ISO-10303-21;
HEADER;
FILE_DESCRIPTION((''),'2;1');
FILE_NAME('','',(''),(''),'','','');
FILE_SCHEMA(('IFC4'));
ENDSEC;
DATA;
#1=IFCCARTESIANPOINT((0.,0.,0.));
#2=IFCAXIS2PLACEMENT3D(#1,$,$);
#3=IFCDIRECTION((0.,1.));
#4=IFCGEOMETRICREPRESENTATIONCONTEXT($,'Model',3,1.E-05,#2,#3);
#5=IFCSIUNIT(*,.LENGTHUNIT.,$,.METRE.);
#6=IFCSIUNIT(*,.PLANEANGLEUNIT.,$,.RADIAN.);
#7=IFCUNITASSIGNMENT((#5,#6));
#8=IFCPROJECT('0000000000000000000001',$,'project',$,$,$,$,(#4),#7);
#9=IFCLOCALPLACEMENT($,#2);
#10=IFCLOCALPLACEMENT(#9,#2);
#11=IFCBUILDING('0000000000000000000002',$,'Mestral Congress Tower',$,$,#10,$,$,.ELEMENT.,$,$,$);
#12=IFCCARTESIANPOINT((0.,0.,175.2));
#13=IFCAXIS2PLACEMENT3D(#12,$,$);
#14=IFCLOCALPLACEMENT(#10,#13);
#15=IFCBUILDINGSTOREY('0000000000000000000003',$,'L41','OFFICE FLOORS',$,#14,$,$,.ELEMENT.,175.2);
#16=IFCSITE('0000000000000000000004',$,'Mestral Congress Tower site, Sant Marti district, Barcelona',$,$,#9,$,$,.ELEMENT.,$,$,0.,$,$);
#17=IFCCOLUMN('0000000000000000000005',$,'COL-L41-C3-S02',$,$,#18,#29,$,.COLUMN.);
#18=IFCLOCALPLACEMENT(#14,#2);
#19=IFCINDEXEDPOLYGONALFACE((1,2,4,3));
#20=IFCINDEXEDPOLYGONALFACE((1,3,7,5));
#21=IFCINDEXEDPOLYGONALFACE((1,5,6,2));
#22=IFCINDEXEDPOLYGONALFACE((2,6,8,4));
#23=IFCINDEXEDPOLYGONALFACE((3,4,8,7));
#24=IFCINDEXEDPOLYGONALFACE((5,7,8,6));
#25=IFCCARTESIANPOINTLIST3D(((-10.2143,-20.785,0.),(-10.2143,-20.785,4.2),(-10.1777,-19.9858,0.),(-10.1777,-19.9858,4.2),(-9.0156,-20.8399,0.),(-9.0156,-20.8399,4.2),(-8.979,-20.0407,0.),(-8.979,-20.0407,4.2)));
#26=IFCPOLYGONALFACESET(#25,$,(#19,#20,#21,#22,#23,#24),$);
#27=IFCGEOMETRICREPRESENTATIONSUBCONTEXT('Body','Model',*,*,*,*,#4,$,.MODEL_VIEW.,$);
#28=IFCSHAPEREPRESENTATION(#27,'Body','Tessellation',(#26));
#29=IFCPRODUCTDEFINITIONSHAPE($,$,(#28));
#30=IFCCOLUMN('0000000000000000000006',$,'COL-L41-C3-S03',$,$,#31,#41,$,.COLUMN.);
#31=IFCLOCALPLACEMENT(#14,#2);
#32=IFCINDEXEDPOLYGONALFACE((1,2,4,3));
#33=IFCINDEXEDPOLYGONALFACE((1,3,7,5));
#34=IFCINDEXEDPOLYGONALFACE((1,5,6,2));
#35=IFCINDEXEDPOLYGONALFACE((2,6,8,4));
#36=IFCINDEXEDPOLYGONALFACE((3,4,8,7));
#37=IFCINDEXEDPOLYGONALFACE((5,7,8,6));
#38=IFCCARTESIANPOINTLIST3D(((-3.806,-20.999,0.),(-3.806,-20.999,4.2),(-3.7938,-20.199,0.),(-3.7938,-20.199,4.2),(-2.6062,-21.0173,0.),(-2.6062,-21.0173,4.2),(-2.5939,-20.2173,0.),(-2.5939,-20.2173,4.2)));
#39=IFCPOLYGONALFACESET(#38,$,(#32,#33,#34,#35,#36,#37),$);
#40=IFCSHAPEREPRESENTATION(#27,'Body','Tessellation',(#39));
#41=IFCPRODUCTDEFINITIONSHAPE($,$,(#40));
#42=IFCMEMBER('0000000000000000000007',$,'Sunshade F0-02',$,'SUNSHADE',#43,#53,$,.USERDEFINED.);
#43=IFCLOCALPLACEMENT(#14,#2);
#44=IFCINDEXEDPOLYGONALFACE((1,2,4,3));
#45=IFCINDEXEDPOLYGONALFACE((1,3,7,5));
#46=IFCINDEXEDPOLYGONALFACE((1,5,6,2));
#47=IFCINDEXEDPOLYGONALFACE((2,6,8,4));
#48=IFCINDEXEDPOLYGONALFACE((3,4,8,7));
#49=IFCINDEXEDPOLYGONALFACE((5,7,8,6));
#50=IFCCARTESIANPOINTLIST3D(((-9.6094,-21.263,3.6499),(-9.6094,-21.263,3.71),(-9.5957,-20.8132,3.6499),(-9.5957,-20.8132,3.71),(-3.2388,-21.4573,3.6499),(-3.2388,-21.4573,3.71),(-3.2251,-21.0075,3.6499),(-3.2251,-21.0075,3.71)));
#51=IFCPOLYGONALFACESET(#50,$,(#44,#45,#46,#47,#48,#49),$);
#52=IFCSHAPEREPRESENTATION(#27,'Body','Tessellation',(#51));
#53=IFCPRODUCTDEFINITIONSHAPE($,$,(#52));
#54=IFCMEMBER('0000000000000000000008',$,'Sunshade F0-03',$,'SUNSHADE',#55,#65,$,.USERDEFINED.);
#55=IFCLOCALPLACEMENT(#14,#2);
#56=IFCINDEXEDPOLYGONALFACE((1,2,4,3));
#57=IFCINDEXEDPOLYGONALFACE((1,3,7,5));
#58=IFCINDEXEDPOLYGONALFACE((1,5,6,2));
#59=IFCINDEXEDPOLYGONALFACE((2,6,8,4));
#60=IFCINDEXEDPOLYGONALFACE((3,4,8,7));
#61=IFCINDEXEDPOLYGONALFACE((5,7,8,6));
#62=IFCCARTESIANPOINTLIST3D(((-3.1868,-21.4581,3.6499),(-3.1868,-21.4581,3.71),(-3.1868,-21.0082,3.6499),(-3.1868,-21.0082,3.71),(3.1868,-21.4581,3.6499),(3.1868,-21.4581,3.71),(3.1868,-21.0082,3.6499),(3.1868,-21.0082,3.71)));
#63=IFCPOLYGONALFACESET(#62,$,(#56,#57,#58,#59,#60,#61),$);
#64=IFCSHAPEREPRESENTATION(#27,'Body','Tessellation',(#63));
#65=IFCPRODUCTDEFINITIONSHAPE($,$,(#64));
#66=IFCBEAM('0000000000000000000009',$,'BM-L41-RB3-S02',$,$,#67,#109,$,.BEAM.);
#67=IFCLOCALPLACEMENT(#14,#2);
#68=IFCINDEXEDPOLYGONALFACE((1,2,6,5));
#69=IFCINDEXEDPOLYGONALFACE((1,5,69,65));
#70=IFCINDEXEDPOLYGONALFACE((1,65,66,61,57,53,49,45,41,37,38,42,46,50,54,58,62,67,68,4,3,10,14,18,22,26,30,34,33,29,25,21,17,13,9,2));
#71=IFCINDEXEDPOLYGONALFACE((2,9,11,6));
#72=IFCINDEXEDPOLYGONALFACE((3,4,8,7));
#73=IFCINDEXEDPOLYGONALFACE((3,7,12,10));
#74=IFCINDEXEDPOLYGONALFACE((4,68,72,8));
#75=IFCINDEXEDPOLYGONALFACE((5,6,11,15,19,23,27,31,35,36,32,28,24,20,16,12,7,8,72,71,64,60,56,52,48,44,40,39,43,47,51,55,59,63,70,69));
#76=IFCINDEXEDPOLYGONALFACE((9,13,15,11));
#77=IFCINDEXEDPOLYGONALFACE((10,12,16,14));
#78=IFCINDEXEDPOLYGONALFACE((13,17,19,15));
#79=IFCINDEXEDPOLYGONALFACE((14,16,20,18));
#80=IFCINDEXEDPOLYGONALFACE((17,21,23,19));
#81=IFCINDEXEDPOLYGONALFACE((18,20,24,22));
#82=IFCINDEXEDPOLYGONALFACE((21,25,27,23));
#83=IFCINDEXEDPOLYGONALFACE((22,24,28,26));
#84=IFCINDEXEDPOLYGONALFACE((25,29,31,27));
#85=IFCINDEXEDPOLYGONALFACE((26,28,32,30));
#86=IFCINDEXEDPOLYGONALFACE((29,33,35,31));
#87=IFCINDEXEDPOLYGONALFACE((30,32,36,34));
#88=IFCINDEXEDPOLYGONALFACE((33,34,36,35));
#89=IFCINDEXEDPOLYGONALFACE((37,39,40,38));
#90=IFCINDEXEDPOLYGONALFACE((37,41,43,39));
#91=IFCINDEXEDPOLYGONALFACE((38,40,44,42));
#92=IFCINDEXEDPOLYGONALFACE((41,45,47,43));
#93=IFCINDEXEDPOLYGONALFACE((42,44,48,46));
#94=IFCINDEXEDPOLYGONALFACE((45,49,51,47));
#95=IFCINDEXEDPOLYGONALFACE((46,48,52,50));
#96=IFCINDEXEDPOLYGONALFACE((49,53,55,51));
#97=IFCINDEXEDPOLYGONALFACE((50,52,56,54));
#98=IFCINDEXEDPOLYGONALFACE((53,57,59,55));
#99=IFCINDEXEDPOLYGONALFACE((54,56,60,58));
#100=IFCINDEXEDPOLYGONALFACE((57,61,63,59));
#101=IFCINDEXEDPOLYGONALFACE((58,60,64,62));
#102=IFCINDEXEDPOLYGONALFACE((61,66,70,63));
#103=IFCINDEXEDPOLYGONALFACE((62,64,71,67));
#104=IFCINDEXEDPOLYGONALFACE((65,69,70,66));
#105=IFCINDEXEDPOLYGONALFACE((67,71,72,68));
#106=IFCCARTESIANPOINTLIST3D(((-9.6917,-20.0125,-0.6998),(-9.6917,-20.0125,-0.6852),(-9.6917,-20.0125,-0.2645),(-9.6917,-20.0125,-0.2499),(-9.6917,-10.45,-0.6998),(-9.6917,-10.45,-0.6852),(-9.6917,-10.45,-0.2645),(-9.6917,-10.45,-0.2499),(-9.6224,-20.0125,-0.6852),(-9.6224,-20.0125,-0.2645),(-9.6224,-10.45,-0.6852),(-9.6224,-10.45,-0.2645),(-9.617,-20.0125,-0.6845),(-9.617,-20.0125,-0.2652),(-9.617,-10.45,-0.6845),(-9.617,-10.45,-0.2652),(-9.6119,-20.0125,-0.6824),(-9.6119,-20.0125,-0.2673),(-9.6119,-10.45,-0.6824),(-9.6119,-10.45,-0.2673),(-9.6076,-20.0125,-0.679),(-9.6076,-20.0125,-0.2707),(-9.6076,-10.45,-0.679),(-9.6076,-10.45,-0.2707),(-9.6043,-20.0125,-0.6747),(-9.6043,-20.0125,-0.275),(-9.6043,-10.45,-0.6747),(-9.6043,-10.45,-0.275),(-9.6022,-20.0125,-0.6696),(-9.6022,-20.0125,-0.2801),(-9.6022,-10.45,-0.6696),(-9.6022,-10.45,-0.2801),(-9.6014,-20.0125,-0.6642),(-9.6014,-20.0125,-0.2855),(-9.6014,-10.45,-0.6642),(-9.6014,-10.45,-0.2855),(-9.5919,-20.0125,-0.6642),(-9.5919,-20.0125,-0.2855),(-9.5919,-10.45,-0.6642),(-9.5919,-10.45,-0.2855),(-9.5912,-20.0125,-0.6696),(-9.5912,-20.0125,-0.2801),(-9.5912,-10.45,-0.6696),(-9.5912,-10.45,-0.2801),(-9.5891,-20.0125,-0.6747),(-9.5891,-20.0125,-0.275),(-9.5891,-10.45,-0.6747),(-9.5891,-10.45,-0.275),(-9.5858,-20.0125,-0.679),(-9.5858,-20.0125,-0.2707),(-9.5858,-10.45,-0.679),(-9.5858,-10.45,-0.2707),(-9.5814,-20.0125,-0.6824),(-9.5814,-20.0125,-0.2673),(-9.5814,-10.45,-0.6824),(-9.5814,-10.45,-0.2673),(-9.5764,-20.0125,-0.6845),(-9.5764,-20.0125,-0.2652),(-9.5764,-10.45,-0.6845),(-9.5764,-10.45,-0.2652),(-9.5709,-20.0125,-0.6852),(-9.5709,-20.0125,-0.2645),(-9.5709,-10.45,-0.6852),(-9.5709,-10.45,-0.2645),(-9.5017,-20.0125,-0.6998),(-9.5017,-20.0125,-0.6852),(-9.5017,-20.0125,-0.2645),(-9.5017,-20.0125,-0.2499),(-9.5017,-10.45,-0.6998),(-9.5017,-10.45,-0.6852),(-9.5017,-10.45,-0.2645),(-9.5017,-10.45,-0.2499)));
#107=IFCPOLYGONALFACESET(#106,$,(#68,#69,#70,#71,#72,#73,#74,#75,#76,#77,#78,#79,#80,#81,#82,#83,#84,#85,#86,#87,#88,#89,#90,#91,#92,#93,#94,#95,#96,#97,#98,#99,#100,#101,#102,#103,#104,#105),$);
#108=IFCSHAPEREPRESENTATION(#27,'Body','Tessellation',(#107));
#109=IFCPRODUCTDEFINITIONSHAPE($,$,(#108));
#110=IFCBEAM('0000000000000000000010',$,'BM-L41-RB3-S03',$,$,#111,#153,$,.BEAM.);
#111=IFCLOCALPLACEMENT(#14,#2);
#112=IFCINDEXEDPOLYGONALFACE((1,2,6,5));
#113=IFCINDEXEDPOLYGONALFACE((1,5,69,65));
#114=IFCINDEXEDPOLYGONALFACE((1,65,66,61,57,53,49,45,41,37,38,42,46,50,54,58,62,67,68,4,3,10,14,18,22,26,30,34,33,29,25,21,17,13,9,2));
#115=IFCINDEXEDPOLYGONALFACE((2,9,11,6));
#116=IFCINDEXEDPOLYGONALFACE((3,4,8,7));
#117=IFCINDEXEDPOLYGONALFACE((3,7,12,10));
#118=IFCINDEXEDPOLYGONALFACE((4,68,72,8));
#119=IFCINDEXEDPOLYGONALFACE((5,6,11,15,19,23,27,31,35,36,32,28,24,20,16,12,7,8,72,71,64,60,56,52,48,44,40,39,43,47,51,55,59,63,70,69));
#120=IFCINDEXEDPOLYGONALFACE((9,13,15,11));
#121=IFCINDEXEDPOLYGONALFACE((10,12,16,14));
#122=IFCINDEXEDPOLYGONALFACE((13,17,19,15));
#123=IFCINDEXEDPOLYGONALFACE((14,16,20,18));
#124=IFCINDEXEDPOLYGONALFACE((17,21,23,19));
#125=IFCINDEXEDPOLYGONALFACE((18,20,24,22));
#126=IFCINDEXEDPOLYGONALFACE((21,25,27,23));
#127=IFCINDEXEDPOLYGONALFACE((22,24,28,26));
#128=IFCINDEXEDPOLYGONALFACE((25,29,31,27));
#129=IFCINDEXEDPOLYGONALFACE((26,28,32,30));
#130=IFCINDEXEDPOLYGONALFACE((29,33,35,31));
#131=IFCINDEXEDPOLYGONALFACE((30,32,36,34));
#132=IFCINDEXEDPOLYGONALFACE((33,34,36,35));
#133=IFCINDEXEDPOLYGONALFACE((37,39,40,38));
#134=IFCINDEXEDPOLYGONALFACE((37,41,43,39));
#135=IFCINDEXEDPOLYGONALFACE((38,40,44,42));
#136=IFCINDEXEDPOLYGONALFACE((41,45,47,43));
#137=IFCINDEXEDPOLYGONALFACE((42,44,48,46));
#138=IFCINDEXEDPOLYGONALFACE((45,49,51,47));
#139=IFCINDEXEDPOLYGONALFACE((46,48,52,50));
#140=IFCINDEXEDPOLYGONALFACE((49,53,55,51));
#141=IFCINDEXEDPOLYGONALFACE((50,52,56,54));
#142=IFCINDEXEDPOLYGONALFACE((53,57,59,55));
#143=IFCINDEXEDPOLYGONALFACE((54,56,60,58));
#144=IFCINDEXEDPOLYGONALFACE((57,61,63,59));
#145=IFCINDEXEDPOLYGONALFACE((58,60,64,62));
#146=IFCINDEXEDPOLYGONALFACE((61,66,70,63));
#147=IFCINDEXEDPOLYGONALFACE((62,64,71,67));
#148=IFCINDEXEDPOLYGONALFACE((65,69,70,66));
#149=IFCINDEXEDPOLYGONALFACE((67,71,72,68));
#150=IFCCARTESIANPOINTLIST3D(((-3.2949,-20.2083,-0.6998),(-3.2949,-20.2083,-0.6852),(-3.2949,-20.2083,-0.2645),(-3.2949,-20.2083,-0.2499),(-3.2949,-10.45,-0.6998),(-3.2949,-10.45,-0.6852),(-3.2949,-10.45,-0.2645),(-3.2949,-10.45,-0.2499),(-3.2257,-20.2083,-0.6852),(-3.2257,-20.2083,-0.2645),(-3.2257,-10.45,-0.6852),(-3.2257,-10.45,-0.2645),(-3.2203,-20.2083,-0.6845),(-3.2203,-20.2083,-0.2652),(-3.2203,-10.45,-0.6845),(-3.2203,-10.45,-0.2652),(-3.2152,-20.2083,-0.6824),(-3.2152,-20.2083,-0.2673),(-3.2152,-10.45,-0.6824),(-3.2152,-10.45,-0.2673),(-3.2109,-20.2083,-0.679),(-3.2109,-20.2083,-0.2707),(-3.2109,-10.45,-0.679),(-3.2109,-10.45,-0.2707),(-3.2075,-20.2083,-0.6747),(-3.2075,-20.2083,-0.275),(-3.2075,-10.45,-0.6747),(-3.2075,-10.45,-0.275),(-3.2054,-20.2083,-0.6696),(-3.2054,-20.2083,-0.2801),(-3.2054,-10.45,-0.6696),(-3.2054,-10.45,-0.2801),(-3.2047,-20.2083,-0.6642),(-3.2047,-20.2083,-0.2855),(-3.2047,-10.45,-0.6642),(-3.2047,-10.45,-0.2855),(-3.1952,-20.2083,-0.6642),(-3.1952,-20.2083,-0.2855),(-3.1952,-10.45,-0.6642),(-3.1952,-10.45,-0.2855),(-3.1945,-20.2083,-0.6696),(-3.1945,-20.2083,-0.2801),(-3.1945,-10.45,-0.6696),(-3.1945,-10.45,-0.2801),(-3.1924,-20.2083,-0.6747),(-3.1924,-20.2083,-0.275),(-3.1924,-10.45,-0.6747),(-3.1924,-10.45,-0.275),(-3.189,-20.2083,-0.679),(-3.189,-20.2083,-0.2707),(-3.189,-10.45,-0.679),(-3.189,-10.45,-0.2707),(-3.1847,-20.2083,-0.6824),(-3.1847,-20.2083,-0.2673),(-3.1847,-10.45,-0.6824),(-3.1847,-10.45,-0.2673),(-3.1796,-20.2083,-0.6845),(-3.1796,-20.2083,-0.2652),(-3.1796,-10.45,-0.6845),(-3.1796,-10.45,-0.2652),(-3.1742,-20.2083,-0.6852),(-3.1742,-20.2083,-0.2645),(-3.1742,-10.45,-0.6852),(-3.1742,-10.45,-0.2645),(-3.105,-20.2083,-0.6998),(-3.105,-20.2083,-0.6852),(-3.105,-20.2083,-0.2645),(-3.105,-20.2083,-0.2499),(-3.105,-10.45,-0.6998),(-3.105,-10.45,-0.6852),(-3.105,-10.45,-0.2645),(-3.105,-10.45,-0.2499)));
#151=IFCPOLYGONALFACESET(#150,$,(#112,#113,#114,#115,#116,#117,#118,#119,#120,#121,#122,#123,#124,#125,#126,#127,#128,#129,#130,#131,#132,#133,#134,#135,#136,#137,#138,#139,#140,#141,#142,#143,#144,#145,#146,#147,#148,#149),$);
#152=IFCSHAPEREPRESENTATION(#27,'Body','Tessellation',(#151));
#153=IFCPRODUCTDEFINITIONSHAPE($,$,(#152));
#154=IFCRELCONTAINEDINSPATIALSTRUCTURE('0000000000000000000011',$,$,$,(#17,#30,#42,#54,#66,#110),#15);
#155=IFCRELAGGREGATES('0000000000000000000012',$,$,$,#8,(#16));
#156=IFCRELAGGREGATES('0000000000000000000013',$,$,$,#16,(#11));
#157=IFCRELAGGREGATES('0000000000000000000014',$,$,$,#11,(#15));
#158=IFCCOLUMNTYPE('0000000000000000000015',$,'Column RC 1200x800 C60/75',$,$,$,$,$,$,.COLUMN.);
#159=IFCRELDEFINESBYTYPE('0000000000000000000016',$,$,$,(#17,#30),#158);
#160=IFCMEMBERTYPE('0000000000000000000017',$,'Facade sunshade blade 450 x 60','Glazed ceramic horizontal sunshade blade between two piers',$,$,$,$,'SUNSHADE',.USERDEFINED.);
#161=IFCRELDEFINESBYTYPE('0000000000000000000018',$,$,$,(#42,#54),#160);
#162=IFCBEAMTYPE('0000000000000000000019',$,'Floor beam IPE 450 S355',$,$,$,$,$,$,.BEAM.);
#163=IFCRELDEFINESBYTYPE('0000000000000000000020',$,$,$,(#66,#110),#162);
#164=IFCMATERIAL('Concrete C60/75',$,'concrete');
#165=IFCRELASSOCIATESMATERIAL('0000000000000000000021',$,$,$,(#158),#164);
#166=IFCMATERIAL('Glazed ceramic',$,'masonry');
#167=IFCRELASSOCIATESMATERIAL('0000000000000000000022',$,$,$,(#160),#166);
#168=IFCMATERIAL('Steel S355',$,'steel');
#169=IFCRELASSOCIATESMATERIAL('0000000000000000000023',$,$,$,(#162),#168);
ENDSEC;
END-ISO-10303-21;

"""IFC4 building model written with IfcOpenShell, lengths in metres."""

from ifc_helpers import new_model, si_unit, direction, frame, origin, origin_2d, place, context, subcontext, project, spatial, rectangle, i_section, extrude, material, material_profile, profile_set, type_object, element, save


model = new_model("IFC4")

# Units and contexts
model_context = context("Model", 3, precision=1e-05, world=origin(), true_north=direction((0.0, 1.0)))
body_context = subcontext(model_context, "Body", "Model", "MODEL_VIEW")
ifc_project = project(units=[si_unit("LENGTHUNIT", "METRE"), si_unit("PLANEANGLEUNIT", "RADIAN")], contexts=[model_context])

# Site, building, storey
site_placement = place(None, origin())
site = spatial("IfcSite", under=ifc_project, at=site_placement, Name="Mestral Congress Tower site, Sant Marti district, Barcelona", CompositionType="ELEMENT", RefElevation=0.0)
building_placement = place(site_placement, origin())
building = spatial("IfcBuilding", under=site, at=building_placement, Name="Mestral Congress Tower", CompositionType="ELEMENT")
storey_placement = place(building_placement, frame((0.0, 0.0, 175.2)))
storey = spatial("IfcBuildingStorey", under=building, at=storey_placement, Name="L41", Description="OFFICE FLOORS", CompositionType="ELEMENT", Elevation=175.2)

# Columns
ifc_material_1 = material(Name="Concrete C60/75", Category="concrete")
ifc_material_profile_1 = material_profile(ifc_material_1, rectangle(XDim=1.2, YDim=0.8, at=origin_2d()), Name="RC 1200x800")
ifc_profile_set_1 = profile_set([ifc_material_profile_1], Name="Concrete C60/75")
column_type = type_object("IfcColumnType", Name="Column RC 1200x800 C60/75", PredefinedType="COLUMN", material=ifc_profile_set_1)
for number, where, z_axis, x_axis, name in (
    (1, (-9.5967, -20.4128, 0.0), (0.0, 0.0, 1.0), (0.998952, -0.045771, 0.0), "COL-L41-C3-S02"),
    (2, (-3.2, -20.6082, 0.0), (0.0, 0.0, 1.0), (0.999884, -0.015262, 0.0), "COL-L41-C3-S03"),
):
    element("IfcColumn", number, at=place(storey_placement, frame(where, z_axis=z_axis, x_axis=x_axis)), inside=storey, type_object=column_type, Name=name, PredefinedType="COLUMN", context=body_context, shape_type="SweptSolid", body=[
        extrude(rectangle(XDim=1.2, YDim=0.8, at=origin_2d()), origin(), (0.0, 0.0, 1.0), 4.2),
    ])

# Members
ifc_material_2 = material(Name="Glazed ceramic", Category="masonry")
ifc_material_profile_2 = material_profile(ifc_material_2, rectangle(XDim=0.45, YDim=0.0601, at=origin_2d()), Name="Ceramic blade 450 x 60")
ifc_profile_set_2 = profile_set([ifc_material_profile_2], Name="Glazed ceramic")
member_type = type_object("IfcMemberType", Name="Facade sunshade blade 450 x 60", Description="Glazed ceramic horizontal sunshade blade between two piers", ElementType="SUNSHADE", PredefinedType="USERDEFINED", material=ifc_profile_set_2)
for number, where, z_axis, x_axis, name in (
    (3, (-9.6025, -21.0381, 3.6799), (0.999535, -0.030491, 0.0), (0.030491, 0.999535, 0.0), "Sunshade F0-02"),
    (4, (-3.1868, -21.2332, 3.6799), (1.0, 0.0, 0.0), (0.0, 1.0, 0.0), "Sunshade F0-03"),
):
    element("IfcMember", number, at=place(storey_placement, frame(where, z_axis=z_axis, x_axis=x_axis)), inside=storey, type_object=member_type, Name=name, ObjectType="SUNSHADE", PredefinedType="USERDEFINED", context=body_context, shape_type="SweptSolid", body=[
        extrude(rectangle(XDim=0.45, YDim=0.0601, at=origin_2d()), origin(), (0.0, 0.0, 1.0), 6.3735),
    ])

# Beams
ifc_material_3 = material(Name="Steel S355", Category="steel")
ifc_material_profile_3 = material_profile(ifc_material_3, i_section(OverallWidth=0.1899, OverallDepth=0.45, WebThickness=0.0095, FlangeThickness=0.0146, FilletRadius=0.021, at=origin_2d()), Name="IPE 450")
ifc_profile_set_3 = profile_set([ifc_material_profile_3], Name="Steel S355")
beam_type_1 = type_object("IfcBeamType", Name="Floor beam IPE 450 S355", PredefinedType="BEAM", material=ifc_profile_set_3)
beam_1_placement = place(storey_placement, frame((-9.5967, -20.0125, -0.4749), z_axis=(0.0, 1.0, 0.0), x_axis=(-1.0, 0.0, 0.0)))
element("IfcBeam", 5, at=beam_1_placement, inside=storey, type_object=beam_type_1, Name="BM-L41-RB3-S02", PredefinedType="BEAM", context=body_context, shape_type="SweptSolid", body=[
    extrude(i_section(OverallWidth=0.1899, OverallDepth=0.45, WebThickness=0.0095, FlangeThickness=0.0146, FilletRadius=0.021, at=origin_2d()), origin(), (0.0, 0.0, 1.0), 9.5625),
])
beam_2_placement = place(storey_placement, frame((-3.2, -20.2083, -0.4749), z_axis=(0.0, 1.0, 0.0), x_axis=(-1.0, 0.0, 0.0)))
element("IfcBeam", 6, at=beam_2_placement, inside=storey, type_object=beam_type_1, Name="BM-L41-RB3-S03", PredefinedType="BEAM", context=body_context, shape_type="SweptSolid", body=[
    extrude(i_section(OverallWidth=0.1899, OverallDepth=0.45, WebThickness=0.0095, FlangeThickness=0.0146, FilletRadius=0.021, at=origin_2d()), origin(), (0.0, 0.0, 1.0), 9.7583),
])

save(model, "model.ifc")
